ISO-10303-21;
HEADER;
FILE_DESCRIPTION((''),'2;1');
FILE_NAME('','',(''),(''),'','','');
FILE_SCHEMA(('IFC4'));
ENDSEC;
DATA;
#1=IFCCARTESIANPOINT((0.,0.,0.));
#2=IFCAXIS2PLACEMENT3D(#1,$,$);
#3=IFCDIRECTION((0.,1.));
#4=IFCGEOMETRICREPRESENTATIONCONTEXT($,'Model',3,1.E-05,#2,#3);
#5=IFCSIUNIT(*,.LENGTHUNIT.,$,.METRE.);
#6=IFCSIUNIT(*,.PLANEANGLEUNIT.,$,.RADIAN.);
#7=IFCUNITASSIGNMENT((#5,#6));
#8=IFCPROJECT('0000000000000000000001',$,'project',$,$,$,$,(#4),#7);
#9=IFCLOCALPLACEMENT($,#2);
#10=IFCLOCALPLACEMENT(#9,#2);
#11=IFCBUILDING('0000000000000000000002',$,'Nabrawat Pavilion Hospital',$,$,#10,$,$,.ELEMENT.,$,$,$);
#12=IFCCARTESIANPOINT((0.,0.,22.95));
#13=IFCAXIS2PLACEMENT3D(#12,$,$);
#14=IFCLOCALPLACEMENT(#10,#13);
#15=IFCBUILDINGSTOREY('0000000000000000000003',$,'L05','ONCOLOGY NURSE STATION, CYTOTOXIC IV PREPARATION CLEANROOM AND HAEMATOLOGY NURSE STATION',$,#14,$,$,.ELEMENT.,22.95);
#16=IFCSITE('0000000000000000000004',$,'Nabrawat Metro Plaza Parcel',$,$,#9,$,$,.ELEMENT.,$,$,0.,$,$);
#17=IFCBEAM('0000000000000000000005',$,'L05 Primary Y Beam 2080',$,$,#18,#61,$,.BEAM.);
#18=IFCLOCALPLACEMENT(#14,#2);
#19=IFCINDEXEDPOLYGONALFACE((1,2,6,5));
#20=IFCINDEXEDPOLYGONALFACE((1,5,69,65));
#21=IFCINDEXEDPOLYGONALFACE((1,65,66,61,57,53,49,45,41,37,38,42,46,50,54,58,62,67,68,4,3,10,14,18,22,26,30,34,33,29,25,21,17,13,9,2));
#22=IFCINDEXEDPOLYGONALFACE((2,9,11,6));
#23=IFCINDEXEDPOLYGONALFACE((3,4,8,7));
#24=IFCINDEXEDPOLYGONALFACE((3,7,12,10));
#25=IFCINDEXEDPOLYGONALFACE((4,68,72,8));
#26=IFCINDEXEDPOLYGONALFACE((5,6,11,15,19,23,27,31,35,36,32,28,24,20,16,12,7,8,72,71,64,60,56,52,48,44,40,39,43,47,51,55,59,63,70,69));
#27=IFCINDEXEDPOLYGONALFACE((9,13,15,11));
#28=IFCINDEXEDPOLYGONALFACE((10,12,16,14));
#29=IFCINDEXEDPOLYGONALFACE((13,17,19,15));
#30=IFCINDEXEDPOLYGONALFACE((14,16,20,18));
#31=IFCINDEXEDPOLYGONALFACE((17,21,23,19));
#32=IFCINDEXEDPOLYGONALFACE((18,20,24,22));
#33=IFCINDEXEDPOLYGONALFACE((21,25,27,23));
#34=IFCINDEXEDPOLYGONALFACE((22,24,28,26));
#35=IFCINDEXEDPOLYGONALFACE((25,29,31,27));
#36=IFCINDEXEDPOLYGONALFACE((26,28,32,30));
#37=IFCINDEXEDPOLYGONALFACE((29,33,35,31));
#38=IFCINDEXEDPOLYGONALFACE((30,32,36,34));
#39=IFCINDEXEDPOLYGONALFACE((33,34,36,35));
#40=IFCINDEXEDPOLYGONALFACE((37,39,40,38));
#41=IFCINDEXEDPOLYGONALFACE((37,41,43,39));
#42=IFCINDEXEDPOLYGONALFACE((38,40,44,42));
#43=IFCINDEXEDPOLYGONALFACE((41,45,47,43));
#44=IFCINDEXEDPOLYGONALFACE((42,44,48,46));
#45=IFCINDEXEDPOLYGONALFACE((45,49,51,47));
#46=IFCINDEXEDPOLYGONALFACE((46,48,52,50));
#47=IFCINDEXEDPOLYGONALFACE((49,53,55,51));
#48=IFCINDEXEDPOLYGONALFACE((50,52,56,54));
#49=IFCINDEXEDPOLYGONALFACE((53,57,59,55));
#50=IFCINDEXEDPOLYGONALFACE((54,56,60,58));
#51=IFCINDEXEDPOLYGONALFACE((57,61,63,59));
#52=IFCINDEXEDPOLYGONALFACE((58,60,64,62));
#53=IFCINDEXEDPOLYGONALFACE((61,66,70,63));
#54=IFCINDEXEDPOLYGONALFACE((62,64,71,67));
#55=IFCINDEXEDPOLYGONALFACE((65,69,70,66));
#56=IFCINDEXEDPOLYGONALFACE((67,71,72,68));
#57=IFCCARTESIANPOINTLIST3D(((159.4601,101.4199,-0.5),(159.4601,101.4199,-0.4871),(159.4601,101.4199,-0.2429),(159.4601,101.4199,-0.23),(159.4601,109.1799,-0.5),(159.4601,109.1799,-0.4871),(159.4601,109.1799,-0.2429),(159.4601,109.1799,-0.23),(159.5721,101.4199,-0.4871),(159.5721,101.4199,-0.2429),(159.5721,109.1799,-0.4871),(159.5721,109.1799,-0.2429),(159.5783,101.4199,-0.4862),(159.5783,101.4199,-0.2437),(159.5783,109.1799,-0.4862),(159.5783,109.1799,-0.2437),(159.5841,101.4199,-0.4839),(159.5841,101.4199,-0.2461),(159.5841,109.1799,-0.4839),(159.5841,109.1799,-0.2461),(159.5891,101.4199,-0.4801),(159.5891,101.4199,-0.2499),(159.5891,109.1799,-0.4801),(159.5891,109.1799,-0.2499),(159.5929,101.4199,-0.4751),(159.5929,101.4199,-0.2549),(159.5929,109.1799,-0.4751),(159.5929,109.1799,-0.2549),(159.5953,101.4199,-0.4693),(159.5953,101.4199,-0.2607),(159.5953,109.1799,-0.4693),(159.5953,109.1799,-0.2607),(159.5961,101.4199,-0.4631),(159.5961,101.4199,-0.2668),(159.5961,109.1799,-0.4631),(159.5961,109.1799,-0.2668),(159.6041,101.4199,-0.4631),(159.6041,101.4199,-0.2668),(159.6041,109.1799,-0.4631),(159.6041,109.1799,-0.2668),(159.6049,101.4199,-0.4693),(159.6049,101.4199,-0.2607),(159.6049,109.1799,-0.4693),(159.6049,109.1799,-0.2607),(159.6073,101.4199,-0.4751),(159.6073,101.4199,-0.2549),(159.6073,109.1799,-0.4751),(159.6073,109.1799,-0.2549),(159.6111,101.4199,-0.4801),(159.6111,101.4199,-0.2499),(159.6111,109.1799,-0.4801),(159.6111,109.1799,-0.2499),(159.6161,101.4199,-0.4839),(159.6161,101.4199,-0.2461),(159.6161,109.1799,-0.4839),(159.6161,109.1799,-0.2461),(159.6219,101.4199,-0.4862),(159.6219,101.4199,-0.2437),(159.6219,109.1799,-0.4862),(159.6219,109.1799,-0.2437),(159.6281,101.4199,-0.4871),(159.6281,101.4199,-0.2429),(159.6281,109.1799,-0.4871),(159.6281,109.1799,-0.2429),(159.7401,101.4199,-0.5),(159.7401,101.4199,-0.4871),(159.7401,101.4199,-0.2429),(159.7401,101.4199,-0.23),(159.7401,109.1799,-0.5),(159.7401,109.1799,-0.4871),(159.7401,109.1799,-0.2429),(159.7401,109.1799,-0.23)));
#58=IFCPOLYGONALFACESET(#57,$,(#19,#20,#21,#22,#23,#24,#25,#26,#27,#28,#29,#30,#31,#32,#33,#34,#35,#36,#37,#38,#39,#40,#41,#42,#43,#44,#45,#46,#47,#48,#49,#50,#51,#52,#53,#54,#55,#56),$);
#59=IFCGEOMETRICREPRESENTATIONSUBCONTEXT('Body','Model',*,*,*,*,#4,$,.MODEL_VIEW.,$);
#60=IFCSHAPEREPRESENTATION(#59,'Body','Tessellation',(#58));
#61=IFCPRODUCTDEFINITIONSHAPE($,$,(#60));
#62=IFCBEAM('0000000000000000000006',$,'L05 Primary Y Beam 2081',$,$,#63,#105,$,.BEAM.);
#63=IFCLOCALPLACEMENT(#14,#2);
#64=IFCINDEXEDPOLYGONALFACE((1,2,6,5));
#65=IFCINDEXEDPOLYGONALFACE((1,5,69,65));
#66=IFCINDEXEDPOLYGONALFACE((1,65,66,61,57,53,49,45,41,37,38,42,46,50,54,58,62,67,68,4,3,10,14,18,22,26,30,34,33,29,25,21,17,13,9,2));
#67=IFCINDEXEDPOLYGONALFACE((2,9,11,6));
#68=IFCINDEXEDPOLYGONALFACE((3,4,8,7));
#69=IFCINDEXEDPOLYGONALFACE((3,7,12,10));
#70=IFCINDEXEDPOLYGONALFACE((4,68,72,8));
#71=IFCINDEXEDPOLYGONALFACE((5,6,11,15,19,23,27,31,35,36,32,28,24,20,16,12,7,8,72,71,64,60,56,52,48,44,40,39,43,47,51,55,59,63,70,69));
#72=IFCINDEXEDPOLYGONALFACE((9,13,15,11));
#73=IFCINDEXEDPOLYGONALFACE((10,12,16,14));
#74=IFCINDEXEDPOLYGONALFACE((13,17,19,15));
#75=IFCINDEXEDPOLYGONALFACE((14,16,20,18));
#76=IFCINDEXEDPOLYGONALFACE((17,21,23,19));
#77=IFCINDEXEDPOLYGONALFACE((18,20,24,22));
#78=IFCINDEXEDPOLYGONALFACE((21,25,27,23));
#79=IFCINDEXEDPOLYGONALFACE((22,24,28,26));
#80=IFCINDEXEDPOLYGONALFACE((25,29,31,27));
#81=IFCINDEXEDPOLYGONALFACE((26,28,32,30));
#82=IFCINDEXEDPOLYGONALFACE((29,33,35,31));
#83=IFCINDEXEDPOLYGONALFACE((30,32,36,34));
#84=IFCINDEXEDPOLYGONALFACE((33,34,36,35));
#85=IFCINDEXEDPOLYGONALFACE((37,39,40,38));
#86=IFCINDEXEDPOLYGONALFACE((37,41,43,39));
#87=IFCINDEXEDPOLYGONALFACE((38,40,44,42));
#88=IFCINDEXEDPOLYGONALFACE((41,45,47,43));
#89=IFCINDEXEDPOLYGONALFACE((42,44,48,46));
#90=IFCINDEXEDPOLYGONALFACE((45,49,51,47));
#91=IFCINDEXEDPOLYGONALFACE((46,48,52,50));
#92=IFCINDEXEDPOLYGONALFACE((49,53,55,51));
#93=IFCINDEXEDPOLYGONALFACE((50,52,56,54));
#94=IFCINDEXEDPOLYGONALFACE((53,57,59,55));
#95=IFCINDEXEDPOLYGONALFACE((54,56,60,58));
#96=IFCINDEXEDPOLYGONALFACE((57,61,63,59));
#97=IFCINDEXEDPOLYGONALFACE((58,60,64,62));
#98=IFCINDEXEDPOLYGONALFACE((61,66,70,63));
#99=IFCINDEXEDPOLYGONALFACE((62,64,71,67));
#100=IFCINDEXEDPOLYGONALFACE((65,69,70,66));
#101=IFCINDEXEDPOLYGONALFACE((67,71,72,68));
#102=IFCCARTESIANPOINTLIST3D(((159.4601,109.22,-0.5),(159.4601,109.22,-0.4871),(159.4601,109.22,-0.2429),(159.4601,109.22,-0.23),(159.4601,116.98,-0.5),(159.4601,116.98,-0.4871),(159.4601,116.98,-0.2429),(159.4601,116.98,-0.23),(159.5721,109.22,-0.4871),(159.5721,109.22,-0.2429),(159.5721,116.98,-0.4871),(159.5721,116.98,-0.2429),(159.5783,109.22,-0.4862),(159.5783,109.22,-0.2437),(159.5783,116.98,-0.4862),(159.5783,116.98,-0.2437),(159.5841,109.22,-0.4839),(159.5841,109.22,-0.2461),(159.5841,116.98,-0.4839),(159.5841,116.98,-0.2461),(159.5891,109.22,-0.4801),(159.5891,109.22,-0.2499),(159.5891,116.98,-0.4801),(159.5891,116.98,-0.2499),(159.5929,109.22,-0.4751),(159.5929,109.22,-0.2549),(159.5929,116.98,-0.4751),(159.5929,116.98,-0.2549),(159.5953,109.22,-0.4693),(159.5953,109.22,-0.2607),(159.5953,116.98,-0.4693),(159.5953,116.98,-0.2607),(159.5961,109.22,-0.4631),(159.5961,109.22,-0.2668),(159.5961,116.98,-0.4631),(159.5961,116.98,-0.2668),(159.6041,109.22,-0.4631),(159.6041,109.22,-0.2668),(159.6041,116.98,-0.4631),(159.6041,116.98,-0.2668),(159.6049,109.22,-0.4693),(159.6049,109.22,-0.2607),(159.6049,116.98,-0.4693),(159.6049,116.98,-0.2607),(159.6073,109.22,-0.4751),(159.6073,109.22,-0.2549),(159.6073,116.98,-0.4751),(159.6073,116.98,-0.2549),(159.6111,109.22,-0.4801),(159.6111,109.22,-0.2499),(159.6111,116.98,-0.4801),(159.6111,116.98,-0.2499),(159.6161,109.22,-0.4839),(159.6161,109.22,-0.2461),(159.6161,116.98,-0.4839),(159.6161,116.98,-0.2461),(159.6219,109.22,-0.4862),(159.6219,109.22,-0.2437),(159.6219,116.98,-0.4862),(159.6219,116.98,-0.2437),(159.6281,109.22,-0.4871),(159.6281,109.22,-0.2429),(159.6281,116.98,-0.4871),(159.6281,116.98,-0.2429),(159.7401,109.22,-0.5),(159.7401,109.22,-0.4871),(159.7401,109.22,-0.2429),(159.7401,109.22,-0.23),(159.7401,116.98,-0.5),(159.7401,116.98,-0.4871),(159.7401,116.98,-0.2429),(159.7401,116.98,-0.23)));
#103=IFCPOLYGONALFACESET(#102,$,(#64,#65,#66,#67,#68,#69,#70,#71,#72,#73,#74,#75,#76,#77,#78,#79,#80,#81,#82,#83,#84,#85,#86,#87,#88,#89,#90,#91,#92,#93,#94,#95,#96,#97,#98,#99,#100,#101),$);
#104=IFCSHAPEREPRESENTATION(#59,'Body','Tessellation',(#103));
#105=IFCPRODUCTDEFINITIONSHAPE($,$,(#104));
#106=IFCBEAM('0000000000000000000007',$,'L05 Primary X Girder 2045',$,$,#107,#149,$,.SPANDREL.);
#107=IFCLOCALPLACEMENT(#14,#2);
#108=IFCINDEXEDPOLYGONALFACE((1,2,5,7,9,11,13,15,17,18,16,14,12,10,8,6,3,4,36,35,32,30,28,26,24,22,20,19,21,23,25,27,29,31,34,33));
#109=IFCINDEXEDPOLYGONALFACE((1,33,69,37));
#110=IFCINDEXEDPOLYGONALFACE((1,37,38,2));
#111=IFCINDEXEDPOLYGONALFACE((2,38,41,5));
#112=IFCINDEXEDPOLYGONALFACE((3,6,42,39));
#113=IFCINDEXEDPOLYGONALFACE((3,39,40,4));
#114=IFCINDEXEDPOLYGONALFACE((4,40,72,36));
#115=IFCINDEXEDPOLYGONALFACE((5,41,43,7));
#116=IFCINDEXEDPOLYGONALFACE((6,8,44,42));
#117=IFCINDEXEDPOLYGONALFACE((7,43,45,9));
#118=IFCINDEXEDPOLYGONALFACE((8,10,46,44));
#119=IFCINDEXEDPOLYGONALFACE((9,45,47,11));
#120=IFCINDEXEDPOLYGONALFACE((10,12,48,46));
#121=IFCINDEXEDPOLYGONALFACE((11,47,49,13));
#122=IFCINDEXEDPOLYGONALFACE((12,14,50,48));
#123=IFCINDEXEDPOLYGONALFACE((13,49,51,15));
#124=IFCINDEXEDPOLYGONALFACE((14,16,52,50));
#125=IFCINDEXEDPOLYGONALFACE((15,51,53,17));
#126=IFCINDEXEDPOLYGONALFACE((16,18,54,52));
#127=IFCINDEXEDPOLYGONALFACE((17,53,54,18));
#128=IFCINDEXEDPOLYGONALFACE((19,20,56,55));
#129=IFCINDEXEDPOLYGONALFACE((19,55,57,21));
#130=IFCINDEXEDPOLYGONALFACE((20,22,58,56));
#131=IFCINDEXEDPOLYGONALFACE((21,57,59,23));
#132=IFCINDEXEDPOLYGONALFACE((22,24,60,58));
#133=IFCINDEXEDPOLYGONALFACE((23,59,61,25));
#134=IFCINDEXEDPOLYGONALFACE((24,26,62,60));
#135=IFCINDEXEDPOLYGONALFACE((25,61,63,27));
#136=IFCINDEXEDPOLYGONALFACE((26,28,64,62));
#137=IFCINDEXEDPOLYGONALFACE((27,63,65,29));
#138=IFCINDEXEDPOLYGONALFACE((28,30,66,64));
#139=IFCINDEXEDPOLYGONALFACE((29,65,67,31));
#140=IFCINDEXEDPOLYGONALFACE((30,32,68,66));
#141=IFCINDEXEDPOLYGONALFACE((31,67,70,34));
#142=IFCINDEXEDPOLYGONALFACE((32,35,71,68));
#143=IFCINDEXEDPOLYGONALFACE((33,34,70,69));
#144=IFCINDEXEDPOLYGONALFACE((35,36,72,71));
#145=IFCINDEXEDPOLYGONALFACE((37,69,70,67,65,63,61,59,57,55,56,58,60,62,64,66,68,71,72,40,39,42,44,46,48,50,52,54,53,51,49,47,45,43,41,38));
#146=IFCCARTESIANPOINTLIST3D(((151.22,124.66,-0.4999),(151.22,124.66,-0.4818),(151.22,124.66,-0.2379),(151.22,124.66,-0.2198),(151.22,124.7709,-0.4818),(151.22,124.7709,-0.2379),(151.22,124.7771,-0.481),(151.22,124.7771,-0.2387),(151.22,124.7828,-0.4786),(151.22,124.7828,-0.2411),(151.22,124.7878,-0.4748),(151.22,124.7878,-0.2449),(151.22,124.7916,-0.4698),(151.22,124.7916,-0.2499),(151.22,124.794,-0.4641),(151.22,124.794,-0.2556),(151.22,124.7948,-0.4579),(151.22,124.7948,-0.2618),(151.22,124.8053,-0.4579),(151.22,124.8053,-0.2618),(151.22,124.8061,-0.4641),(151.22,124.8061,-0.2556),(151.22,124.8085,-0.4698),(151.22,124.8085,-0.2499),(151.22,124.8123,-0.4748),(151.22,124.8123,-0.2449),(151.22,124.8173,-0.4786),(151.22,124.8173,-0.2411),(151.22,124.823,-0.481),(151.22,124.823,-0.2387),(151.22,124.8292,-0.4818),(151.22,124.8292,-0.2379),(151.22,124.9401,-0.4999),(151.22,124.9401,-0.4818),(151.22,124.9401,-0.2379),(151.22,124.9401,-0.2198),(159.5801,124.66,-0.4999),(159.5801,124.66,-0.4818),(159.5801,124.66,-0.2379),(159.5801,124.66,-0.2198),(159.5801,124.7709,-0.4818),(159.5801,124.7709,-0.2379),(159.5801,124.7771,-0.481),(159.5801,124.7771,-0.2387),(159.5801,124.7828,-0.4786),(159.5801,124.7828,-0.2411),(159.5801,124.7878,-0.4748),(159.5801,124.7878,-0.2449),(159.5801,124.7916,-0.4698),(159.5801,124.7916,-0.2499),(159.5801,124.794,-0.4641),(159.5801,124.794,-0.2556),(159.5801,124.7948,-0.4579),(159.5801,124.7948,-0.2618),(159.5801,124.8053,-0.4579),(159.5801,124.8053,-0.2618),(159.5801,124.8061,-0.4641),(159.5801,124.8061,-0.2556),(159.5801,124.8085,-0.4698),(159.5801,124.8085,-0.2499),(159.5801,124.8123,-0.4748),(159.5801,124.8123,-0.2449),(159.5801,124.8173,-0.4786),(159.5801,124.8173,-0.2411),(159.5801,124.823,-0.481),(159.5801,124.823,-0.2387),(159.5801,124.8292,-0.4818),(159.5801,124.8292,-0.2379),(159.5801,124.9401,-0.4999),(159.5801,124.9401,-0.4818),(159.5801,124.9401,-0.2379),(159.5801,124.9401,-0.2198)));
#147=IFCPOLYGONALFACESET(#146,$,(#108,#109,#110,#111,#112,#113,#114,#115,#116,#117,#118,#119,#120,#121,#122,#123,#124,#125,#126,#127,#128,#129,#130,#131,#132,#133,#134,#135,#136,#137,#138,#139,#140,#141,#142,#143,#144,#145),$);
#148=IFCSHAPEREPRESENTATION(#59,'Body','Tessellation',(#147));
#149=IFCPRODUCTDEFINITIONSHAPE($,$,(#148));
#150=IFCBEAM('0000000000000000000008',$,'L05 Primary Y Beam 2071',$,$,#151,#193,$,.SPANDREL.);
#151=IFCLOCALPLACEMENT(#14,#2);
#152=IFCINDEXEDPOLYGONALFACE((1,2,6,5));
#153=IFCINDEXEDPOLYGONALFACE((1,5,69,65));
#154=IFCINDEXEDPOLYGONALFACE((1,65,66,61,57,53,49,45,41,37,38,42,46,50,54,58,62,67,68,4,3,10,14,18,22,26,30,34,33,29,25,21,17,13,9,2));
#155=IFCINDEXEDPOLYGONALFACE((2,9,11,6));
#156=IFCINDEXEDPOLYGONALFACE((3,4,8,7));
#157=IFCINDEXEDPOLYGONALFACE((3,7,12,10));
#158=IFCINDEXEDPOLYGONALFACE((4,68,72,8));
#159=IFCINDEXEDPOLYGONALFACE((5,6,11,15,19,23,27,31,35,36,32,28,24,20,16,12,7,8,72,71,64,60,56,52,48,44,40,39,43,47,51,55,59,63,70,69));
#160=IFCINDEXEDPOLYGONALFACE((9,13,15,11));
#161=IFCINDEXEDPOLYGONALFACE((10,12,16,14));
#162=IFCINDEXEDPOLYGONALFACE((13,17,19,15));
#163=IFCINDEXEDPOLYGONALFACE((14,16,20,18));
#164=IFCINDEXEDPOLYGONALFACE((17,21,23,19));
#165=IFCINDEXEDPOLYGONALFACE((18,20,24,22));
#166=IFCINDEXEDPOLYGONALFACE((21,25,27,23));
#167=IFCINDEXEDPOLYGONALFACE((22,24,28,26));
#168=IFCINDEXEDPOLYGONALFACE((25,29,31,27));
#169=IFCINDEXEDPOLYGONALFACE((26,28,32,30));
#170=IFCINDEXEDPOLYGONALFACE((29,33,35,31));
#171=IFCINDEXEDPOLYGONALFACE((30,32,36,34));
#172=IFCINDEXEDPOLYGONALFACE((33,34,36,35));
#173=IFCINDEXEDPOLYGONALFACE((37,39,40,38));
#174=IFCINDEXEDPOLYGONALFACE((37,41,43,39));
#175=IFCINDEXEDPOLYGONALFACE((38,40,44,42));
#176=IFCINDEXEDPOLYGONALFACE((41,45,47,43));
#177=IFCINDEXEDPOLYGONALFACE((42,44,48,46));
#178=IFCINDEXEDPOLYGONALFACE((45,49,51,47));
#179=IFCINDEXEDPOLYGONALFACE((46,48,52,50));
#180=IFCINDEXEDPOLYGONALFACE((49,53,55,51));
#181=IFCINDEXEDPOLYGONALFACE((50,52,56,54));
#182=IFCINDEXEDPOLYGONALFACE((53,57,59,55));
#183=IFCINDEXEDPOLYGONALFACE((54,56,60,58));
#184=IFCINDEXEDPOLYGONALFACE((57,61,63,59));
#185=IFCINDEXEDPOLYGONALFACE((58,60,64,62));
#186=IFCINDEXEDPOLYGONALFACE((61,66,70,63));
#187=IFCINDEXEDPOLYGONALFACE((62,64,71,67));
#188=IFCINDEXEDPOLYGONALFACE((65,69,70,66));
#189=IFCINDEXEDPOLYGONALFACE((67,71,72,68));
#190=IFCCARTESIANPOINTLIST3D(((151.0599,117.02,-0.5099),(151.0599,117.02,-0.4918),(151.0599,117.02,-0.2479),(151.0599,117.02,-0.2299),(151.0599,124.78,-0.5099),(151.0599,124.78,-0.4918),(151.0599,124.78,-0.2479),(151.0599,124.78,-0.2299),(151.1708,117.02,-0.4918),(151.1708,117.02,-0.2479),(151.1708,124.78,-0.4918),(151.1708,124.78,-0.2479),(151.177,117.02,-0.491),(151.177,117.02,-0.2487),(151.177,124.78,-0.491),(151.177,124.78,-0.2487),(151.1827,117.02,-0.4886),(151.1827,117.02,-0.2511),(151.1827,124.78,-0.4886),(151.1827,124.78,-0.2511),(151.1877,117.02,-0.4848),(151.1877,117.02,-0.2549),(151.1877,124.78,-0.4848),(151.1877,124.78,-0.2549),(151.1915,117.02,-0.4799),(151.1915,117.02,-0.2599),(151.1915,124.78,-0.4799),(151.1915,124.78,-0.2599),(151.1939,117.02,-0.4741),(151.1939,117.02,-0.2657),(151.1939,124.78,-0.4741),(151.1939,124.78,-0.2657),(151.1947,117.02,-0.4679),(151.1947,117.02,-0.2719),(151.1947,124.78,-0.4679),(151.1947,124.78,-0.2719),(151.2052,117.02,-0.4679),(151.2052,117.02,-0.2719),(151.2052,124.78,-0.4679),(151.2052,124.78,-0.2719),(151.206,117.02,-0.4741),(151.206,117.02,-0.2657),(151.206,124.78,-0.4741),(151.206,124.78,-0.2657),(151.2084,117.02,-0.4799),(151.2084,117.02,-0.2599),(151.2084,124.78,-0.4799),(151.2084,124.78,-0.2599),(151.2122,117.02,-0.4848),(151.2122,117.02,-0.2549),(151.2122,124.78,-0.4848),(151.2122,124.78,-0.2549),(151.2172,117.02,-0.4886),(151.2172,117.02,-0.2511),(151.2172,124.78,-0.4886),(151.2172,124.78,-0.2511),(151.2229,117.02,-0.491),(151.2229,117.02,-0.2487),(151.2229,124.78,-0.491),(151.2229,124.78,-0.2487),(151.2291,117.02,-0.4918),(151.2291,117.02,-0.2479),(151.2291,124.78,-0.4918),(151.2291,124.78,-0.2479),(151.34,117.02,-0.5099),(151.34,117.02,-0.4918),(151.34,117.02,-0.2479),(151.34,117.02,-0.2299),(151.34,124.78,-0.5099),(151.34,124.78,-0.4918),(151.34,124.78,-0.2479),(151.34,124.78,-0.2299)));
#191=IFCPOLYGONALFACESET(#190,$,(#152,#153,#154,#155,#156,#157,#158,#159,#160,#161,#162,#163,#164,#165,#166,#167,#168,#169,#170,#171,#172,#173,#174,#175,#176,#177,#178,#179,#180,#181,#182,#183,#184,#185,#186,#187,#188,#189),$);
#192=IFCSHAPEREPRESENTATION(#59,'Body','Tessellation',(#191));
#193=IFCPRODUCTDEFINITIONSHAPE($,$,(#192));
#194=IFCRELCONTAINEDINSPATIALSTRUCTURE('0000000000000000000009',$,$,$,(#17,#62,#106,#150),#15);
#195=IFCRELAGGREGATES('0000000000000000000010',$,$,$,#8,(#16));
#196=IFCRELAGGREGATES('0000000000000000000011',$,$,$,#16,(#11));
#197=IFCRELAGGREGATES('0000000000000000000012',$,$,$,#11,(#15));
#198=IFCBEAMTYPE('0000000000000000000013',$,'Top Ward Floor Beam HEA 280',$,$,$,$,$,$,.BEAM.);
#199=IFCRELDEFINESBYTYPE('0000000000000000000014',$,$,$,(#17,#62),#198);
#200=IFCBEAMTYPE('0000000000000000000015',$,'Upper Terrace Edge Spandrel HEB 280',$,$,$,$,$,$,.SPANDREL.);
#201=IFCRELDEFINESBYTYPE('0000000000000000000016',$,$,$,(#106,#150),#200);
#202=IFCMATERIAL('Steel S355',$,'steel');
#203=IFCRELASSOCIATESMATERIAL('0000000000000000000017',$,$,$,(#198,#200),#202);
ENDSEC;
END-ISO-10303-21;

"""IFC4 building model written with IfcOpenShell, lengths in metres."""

from ifc_helpers import new_model, si_unit, direction, frame, origin, origin_2d, place, context, subcontext, project, spatial, i_section, extrude, material, material_profile, profile_set, type_object, element, save


model = new_model("IFC4")

# Units and contexts
model_context = context("Model", 3, precision=1e-05, world=origin(), true_north=direction((0.0, 1.0)))
body_context = subcontext(model_context, "Body", "Model", "MODEL_VIEW")
ifc_project = project(units=[si_unit("LENGTHUNIT", "METRE"), si_unit("PLANEANGLEUNIT", "RADIAN")], contexts=[model_context])

# Site, building, storey
site_placement = place(None, origin())
site = spatial("IfcSite", under=ifc_project, at=site_placement, Name="Nabrawat Metro Plaza Parcel", CompositionType="ELEMENT", RefElevation=0.0)
building_placement = place(site_placement, origin())
building = spatial("IfcBuilding", under=site, at=building_placement, Name="Nabrawat Pavilion Hospital", CompositionType="ELEMENT")
storey_placement = place(building_placement, frame((0.0, 0.0, 22.95)))
storey = spatial("IfcBuildingStorey", under=building, at=storey_placement, Name="L05", Description="ONCOLOGY NURSE STATION, CYTOTOXIC IV PREPARATION CLEANROOM AND HAEMATOLOGY NURSE STATION", CompositionType="ELEMENT", Elevation=22.95)

# Shared definitions
ifc_material_1 = material(Name="Steel S355", Category="steel")

# Beams
ifc_material_profile_1 = material_profile(ifc_material_1, i_section(OverallWidth=0.28, OverallDepth=0.27, WebThickness=0.0081, FlangeThickness=0.0129, FilletRadius=0.0239, at=origin_2d()), Name="HEA 280")
ifc_profile_set_1 = profile_set([ifc_material_profile_1], Name="Steel S355")
beam_type_1 = type_object("IfcBeamType", Name="Top Ward Floor Beam HEA 280", PredefinedType="BEAM", material=ifc_profile_set_1)
for number, where, z_axis, x_axis, name in (
    (1, (159.6001, 101.4199, -0.365), (0.0, 1.0, 0.0), (-1.0, 0.0, 0.0), "L05 Primary Y Beam 2080"),
    (2, (159.6001, 109.22, -0.365), (0.0, 1.0, 0.0), (-1.0, 0.0, 0.0), "L05 Primary Y Beam 2081"),
):
    element("IfcBeam", number, at=place(storey_placement, frame(where, z_axis=z_axis, x_axis=x_axis)), inside=storey, type_object=beam_type_1, Name=name, PredefinedType="BEAM", context=body_context, shape_type="SweptSolid", body=[
        extrude(i_section(OverallWidth=0.28, OverallDepth=0.27, WebThickness=0.0081, FlangeThickness=0.0129, FilletRadius=0.0239, at=origin_2d()), origin(), (0.0, 0.0, 1.0), 7.76),
    ])
ifc_material_profile_2 = material_profile(ifc_material_1, i_section(OverallWidth=0.28, OverallDepth=0.28, WebThickness=0.0105, FlangeThickness=0.0181, FilletRadius=0.0239, at=origin_2d()), Name="HEB 280")
ifc_profile_set_2 = profile_set([ifc_material_profile_2], Name="Steel S355")
beam_type_2 = type_object("IfcBeamType", Name="Upper Terrace Edge Spandrel HEB 280", PredefinedType="SPANDREL", material=ifc_profile_set_2)
beam_1_placement = place(storey_placement, frame((151.22, 124.8, -0.3599), z_axis=(1.0, 0.0, 0.0), x_axis=(0.0, 1.0, 0.0)))
element("IfcBeam", 3, at=beam_1_placement, inside=storey, type_object=beam_type_2, Name="L05 Primary X Girder 2045", PredefinedType="SPANDREL", context=body_context, shape_type="SweptSolid", body=[
    extrude(i_section(OverallWidth=0.28, OverallDepth=0.28, WebThickness=0.0105, FlangeThickness=0.0181, FilletRadius=0.0239, at=origin_2d()), origin(), (0.0, 0.0, 1.0), 8.3601),
])
for number, where, z_axis, x_axis, name in (
    (4, (151.2, 117.02, -0.3699), (0.0, 1.0, 0.0), (-1.0, 0.0, 0.0), "L05 Primary Y Beam 2071"),
):
    element("IfcBeam", number, at=place(storey_placement, frame(where, z_axis=z_axis, x_axis=x_axis)), inside=storey, type_object=beam_type_2, Name=name, PredefinedType="SPANDREL", context=body_context, shape_type="SweptSolid", body=[
        extrude(i_section(OverallWidth=0.28, OverallDepth=0.28, WebThickness=0.0105, FlangeThickness=0.0181, FilletRadius=0.0239, at=origin_2d()), origin(), (0.0, 0.0, 1.0), 7.76),
    ])

save(model, "model.ifc")
